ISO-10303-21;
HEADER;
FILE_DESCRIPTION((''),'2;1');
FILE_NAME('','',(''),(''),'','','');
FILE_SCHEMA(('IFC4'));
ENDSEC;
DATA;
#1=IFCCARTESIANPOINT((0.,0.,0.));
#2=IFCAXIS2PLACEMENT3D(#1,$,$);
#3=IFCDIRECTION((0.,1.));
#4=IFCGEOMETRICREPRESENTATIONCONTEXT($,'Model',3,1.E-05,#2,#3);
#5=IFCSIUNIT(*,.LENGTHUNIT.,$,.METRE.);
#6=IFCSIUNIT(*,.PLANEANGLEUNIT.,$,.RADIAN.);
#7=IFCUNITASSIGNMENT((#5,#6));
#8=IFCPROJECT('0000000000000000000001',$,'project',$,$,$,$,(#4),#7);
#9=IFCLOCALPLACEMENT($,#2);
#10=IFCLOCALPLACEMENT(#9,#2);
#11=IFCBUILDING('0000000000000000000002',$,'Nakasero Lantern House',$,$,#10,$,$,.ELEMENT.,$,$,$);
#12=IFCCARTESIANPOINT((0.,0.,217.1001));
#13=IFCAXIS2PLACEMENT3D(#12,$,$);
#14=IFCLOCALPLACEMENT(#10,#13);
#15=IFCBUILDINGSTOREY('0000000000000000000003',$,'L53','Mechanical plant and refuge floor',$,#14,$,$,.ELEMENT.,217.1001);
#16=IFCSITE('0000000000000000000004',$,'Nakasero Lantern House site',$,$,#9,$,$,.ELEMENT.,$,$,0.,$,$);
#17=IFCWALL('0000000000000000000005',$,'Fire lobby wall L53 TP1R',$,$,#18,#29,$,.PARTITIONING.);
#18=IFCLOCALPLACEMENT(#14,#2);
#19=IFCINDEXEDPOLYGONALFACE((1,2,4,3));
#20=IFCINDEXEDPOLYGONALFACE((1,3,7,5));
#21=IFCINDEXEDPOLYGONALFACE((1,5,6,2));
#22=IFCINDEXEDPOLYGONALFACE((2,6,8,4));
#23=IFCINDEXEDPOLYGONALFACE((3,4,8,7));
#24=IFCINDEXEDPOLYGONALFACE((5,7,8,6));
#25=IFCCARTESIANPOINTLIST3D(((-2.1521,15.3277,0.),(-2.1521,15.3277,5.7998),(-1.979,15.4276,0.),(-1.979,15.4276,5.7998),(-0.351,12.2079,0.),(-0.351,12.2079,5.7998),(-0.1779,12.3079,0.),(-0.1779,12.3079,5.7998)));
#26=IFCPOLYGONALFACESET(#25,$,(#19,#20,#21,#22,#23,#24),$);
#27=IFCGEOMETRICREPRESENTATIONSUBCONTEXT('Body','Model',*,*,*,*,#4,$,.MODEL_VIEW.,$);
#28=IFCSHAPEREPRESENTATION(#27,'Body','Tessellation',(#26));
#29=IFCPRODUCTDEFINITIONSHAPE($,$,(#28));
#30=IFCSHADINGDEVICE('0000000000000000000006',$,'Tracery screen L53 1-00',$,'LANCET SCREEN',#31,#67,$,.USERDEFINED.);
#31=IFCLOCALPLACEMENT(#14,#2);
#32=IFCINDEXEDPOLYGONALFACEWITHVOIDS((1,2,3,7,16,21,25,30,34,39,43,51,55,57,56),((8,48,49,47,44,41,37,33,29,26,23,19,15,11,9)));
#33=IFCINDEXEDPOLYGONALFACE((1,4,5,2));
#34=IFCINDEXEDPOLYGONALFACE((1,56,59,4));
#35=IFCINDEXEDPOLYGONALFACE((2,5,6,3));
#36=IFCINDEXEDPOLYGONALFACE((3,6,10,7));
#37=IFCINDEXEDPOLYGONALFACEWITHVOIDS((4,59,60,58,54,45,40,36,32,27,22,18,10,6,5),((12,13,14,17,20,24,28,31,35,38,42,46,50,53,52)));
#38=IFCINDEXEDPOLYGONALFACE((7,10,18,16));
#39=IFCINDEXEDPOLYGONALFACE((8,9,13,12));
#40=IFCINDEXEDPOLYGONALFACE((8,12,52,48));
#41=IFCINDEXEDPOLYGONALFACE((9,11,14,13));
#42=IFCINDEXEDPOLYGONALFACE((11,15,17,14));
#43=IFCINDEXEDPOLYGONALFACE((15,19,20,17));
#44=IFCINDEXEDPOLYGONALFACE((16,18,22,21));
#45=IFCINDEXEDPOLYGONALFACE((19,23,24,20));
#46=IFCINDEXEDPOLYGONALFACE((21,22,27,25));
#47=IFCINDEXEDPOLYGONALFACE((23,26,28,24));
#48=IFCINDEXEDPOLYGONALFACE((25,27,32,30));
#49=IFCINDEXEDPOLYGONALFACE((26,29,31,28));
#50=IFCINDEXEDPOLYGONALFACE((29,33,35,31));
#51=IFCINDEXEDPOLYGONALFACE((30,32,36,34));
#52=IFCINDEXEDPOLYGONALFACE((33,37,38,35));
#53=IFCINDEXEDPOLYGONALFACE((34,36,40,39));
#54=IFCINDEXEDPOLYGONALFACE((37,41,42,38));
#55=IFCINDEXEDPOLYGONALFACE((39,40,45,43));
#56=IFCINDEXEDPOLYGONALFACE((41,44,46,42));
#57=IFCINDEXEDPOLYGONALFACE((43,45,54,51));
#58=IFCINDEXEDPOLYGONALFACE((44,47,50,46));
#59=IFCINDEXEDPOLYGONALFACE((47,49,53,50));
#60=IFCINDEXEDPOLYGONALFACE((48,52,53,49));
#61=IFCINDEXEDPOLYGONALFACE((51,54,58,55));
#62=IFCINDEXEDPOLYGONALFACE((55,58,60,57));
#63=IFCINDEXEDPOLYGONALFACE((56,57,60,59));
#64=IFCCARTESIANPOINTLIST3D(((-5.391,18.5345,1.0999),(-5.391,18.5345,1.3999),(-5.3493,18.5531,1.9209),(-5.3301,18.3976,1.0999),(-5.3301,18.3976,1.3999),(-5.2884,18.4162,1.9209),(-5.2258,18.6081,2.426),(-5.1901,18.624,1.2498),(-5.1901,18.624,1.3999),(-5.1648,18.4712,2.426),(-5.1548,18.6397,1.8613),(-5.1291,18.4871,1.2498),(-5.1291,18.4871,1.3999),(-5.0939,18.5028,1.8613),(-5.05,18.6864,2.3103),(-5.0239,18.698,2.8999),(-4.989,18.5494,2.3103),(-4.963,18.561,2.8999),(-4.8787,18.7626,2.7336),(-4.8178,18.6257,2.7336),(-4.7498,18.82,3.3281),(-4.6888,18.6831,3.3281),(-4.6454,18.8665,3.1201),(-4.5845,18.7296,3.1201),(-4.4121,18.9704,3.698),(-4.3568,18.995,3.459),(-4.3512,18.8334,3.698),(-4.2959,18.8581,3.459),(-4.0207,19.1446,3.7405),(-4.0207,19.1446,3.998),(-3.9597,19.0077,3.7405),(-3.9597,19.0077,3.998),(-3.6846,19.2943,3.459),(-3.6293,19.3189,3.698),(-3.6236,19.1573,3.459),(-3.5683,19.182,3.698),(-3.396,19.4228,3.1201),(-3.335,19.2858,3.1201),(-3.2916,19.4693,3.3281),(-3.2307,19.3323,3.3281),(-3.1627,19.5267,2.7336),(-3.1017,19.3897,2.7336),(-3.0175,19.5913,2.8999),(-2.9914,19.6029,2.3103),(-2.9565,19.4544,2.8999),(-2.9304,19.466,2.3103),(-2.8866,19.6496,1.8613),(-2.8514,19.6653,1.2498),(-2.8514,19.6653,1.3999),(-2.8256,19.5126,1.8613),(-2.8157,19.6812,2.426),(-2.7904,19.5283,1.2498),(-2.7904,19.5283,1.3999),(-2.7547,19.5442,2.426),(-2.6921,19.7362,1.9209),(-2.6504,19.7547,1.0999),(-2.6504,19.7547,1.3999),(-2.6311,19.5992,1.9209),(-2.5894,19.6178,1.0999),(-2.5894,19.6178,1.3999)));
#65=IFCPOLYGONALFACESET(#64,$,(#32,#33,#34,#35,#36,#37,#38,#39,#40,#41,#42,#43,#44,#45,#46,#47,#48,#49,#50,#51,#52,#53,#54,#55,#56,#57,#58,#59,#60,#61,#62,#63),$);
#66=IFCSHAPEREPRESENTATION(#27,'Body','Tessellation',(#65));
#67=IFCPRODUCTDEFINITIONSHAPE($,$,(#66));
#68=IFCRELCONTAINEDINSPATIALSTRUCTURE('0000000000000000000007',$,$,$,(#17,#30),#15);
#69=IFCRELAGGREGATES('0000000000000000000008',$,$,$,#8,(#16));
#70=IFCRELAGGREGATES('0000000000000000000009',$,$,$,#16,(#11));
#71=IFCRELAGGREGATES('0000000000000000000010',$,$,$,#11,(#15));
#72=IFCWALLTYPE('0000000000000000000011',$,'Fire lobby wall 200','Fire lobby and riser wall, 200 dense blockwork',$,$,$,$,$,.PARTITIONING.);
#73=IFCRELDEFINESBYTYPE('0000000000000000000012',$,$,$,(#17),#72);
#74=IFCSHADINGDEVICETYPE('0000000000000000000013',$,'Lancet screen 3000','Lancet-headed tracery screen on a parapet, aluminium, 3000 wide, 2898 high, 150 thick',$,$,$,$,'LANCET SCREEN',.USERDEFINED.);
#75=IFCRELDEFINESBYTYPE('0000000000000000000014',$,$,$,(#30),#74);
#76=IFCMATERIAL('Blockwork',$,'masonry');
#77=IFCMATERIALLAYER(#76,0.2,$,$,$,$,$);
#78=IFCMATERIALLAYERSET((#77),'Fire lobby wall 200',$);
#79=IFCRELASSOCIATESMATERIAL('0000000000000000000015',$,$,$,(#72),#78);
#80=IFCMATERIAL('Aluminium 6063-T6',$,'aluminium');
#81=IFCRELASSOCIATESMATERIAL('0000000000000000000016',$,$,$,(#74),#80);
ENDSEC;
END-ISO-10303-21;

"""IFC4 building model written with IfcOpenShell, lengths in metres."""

from ifc_helpers import new_model, si_unit, direction, frame, frame_2d, origin, place, context, subcontext, project, spatial, polyline, rectangle, outline, extrude, material, layer, layer_set, type_object, element, save


model = new_model("IFC4")

# Units and contexts
model_context = context("Model", 3, precision=1e-05, world=origin(), true_north=direction((0.0, 1.0)))
body_context = subcontext(model_context, "Body", "Model", "MODEL_VIEW")
ifc_project = project(units=[si_unit("LENGTHUNIT", "METRE"), si_unit("PLANEANGLEUNIT", "RADIAN")], contexts=[model_context])

# Site, building, storey
site_placement = place(None, origin())
site = spatial("IfcSite", under=ifc_project, at=site_placement, Name="Nakasero Lantern House site", CompositionType="ELEMENT", RefElevation=0.0)
building_placement = place(site_placement, origin())
building = spatial("IfcBuilding", under=site, at=building_placement, Name="Nakasero Lantern House", CompositionType="ELEMENT")
storey_placement = place(building_placement, frame((0.0, 0.0, 217.1001)))
storey = spatial("IfcBuildingStorey", under=building, at=storey_placement, Name="L53", Description="Mechanical plant and refuge floor", CompositionType="ELEMENT", Elevation=217.1001)

# Wall
ifc_material_1 = material(Name="Blockwork", Category="masonry")
ifc_layer_1 = layer(ifc_material_1, 0.2)
ifc_layer_set_1 = layer_set([ifc_layer_1], Name="Fire lobby wall 200")
wall_type_1 = type_object("IfcWallType", Name="Fire lobby wall 200", Description="Fire lobby and riser wall, 200 dense blockwork", PredefinedType="PARTITIONING", material=ifc_layer_set_1)
wall_1_placement = place(storey_placement, frame((-0.2644, 12.2578, 0.0), z_axis=(0.0, 0.0, 1.0), x_axis=(-0.499981, 0.866037, 0.0)))
element("IfcWall", 1, at=wall_1_placement, inside=storey, type_object=wall_type_1, Name="Fire lobby wall L53 TP1R", PredefinedType="PARTITIONING", context=body_context, shape_type="SweptSolid", body=[
    extrude(rectangle(XDim=3.6023, YDim=0.2, at=frame_2d((1.8013, 0.0))), origin(), (0.0, 0.0, 1.0), 5.7998),
])

# Shading device
ifc_material_2 = material(Name="Aluminium 6063-T6", Category="aluminium")
shading_device_type = type_object("IfcShadingDeviceType", Name="Lancet screen 3000", Description="Lancet-headed tracery screen on a parapet, aluminium, 3000 wide, 2898 high, 150 thick", ElementType="LANCET SCREEN", PredefinedType="USERDEFINED", material=ifc_material_2)
shading_device_placement = place(storey_placement, frame((-3.9902, 19.0762, 1.0999), z_axis=(0.0, 0.0, 1.0), x_axis=(-0.913545, -0.406737, 0.0)))
element("IfcShadingDevice", 2, at=shading_device_placement, inside=storey, type_object=shading_device_type, Name="Tracery screen L53 1-00", ObjectType="LANCET SCREEN", PredefinedType="USERDEFINED", context=body_context, shape_type="SweptSolid", body=[
    extrude(outline(polyline([(-1.5, 0.0), (1.5, 0.0), (1.5, 0.3), (1.4543, 0.821), (1.3191, 1.3262), (1.0981, 1.8), (0.7981, 2.2283), (0.4285, 2.5981), (0.0, 2.8982), (-0.4285, 2.5981), (-0.7981, 2.2283), (-1.0981, 1.8), (-1.3191, 1.3262), (-1.4543, 0.821), (-1.5, 0.3), (-1.5, 0.0)]), holes=[polyline([(-1.28, 0.1499), (1.28, 0.1499), (1.28, 0.3), (1.2415, 0.7615), (1.1267, 1.2104), (0.9392, 1.6338), (0.6838, 2.0203), (0.3679, 2.3591), (0.0, 2.6406), (-0.3679, 2.3591), (-0.6838, 2.0203), (-0.9392, 1.6338), (-1.1267, 1.2104), (-1.2415, 0.7615), (-1.28, 0.3), (-1.28, 0.1499)])]), frame((0.0, 0.075, 0.0), z_axis=(0.0, -1.0, 0.0), x_axis=(1.0, 0.0, 0.0)), (0.0, 0.0, 1.0), 0.1499),
])

save(model, "model.ifc")
